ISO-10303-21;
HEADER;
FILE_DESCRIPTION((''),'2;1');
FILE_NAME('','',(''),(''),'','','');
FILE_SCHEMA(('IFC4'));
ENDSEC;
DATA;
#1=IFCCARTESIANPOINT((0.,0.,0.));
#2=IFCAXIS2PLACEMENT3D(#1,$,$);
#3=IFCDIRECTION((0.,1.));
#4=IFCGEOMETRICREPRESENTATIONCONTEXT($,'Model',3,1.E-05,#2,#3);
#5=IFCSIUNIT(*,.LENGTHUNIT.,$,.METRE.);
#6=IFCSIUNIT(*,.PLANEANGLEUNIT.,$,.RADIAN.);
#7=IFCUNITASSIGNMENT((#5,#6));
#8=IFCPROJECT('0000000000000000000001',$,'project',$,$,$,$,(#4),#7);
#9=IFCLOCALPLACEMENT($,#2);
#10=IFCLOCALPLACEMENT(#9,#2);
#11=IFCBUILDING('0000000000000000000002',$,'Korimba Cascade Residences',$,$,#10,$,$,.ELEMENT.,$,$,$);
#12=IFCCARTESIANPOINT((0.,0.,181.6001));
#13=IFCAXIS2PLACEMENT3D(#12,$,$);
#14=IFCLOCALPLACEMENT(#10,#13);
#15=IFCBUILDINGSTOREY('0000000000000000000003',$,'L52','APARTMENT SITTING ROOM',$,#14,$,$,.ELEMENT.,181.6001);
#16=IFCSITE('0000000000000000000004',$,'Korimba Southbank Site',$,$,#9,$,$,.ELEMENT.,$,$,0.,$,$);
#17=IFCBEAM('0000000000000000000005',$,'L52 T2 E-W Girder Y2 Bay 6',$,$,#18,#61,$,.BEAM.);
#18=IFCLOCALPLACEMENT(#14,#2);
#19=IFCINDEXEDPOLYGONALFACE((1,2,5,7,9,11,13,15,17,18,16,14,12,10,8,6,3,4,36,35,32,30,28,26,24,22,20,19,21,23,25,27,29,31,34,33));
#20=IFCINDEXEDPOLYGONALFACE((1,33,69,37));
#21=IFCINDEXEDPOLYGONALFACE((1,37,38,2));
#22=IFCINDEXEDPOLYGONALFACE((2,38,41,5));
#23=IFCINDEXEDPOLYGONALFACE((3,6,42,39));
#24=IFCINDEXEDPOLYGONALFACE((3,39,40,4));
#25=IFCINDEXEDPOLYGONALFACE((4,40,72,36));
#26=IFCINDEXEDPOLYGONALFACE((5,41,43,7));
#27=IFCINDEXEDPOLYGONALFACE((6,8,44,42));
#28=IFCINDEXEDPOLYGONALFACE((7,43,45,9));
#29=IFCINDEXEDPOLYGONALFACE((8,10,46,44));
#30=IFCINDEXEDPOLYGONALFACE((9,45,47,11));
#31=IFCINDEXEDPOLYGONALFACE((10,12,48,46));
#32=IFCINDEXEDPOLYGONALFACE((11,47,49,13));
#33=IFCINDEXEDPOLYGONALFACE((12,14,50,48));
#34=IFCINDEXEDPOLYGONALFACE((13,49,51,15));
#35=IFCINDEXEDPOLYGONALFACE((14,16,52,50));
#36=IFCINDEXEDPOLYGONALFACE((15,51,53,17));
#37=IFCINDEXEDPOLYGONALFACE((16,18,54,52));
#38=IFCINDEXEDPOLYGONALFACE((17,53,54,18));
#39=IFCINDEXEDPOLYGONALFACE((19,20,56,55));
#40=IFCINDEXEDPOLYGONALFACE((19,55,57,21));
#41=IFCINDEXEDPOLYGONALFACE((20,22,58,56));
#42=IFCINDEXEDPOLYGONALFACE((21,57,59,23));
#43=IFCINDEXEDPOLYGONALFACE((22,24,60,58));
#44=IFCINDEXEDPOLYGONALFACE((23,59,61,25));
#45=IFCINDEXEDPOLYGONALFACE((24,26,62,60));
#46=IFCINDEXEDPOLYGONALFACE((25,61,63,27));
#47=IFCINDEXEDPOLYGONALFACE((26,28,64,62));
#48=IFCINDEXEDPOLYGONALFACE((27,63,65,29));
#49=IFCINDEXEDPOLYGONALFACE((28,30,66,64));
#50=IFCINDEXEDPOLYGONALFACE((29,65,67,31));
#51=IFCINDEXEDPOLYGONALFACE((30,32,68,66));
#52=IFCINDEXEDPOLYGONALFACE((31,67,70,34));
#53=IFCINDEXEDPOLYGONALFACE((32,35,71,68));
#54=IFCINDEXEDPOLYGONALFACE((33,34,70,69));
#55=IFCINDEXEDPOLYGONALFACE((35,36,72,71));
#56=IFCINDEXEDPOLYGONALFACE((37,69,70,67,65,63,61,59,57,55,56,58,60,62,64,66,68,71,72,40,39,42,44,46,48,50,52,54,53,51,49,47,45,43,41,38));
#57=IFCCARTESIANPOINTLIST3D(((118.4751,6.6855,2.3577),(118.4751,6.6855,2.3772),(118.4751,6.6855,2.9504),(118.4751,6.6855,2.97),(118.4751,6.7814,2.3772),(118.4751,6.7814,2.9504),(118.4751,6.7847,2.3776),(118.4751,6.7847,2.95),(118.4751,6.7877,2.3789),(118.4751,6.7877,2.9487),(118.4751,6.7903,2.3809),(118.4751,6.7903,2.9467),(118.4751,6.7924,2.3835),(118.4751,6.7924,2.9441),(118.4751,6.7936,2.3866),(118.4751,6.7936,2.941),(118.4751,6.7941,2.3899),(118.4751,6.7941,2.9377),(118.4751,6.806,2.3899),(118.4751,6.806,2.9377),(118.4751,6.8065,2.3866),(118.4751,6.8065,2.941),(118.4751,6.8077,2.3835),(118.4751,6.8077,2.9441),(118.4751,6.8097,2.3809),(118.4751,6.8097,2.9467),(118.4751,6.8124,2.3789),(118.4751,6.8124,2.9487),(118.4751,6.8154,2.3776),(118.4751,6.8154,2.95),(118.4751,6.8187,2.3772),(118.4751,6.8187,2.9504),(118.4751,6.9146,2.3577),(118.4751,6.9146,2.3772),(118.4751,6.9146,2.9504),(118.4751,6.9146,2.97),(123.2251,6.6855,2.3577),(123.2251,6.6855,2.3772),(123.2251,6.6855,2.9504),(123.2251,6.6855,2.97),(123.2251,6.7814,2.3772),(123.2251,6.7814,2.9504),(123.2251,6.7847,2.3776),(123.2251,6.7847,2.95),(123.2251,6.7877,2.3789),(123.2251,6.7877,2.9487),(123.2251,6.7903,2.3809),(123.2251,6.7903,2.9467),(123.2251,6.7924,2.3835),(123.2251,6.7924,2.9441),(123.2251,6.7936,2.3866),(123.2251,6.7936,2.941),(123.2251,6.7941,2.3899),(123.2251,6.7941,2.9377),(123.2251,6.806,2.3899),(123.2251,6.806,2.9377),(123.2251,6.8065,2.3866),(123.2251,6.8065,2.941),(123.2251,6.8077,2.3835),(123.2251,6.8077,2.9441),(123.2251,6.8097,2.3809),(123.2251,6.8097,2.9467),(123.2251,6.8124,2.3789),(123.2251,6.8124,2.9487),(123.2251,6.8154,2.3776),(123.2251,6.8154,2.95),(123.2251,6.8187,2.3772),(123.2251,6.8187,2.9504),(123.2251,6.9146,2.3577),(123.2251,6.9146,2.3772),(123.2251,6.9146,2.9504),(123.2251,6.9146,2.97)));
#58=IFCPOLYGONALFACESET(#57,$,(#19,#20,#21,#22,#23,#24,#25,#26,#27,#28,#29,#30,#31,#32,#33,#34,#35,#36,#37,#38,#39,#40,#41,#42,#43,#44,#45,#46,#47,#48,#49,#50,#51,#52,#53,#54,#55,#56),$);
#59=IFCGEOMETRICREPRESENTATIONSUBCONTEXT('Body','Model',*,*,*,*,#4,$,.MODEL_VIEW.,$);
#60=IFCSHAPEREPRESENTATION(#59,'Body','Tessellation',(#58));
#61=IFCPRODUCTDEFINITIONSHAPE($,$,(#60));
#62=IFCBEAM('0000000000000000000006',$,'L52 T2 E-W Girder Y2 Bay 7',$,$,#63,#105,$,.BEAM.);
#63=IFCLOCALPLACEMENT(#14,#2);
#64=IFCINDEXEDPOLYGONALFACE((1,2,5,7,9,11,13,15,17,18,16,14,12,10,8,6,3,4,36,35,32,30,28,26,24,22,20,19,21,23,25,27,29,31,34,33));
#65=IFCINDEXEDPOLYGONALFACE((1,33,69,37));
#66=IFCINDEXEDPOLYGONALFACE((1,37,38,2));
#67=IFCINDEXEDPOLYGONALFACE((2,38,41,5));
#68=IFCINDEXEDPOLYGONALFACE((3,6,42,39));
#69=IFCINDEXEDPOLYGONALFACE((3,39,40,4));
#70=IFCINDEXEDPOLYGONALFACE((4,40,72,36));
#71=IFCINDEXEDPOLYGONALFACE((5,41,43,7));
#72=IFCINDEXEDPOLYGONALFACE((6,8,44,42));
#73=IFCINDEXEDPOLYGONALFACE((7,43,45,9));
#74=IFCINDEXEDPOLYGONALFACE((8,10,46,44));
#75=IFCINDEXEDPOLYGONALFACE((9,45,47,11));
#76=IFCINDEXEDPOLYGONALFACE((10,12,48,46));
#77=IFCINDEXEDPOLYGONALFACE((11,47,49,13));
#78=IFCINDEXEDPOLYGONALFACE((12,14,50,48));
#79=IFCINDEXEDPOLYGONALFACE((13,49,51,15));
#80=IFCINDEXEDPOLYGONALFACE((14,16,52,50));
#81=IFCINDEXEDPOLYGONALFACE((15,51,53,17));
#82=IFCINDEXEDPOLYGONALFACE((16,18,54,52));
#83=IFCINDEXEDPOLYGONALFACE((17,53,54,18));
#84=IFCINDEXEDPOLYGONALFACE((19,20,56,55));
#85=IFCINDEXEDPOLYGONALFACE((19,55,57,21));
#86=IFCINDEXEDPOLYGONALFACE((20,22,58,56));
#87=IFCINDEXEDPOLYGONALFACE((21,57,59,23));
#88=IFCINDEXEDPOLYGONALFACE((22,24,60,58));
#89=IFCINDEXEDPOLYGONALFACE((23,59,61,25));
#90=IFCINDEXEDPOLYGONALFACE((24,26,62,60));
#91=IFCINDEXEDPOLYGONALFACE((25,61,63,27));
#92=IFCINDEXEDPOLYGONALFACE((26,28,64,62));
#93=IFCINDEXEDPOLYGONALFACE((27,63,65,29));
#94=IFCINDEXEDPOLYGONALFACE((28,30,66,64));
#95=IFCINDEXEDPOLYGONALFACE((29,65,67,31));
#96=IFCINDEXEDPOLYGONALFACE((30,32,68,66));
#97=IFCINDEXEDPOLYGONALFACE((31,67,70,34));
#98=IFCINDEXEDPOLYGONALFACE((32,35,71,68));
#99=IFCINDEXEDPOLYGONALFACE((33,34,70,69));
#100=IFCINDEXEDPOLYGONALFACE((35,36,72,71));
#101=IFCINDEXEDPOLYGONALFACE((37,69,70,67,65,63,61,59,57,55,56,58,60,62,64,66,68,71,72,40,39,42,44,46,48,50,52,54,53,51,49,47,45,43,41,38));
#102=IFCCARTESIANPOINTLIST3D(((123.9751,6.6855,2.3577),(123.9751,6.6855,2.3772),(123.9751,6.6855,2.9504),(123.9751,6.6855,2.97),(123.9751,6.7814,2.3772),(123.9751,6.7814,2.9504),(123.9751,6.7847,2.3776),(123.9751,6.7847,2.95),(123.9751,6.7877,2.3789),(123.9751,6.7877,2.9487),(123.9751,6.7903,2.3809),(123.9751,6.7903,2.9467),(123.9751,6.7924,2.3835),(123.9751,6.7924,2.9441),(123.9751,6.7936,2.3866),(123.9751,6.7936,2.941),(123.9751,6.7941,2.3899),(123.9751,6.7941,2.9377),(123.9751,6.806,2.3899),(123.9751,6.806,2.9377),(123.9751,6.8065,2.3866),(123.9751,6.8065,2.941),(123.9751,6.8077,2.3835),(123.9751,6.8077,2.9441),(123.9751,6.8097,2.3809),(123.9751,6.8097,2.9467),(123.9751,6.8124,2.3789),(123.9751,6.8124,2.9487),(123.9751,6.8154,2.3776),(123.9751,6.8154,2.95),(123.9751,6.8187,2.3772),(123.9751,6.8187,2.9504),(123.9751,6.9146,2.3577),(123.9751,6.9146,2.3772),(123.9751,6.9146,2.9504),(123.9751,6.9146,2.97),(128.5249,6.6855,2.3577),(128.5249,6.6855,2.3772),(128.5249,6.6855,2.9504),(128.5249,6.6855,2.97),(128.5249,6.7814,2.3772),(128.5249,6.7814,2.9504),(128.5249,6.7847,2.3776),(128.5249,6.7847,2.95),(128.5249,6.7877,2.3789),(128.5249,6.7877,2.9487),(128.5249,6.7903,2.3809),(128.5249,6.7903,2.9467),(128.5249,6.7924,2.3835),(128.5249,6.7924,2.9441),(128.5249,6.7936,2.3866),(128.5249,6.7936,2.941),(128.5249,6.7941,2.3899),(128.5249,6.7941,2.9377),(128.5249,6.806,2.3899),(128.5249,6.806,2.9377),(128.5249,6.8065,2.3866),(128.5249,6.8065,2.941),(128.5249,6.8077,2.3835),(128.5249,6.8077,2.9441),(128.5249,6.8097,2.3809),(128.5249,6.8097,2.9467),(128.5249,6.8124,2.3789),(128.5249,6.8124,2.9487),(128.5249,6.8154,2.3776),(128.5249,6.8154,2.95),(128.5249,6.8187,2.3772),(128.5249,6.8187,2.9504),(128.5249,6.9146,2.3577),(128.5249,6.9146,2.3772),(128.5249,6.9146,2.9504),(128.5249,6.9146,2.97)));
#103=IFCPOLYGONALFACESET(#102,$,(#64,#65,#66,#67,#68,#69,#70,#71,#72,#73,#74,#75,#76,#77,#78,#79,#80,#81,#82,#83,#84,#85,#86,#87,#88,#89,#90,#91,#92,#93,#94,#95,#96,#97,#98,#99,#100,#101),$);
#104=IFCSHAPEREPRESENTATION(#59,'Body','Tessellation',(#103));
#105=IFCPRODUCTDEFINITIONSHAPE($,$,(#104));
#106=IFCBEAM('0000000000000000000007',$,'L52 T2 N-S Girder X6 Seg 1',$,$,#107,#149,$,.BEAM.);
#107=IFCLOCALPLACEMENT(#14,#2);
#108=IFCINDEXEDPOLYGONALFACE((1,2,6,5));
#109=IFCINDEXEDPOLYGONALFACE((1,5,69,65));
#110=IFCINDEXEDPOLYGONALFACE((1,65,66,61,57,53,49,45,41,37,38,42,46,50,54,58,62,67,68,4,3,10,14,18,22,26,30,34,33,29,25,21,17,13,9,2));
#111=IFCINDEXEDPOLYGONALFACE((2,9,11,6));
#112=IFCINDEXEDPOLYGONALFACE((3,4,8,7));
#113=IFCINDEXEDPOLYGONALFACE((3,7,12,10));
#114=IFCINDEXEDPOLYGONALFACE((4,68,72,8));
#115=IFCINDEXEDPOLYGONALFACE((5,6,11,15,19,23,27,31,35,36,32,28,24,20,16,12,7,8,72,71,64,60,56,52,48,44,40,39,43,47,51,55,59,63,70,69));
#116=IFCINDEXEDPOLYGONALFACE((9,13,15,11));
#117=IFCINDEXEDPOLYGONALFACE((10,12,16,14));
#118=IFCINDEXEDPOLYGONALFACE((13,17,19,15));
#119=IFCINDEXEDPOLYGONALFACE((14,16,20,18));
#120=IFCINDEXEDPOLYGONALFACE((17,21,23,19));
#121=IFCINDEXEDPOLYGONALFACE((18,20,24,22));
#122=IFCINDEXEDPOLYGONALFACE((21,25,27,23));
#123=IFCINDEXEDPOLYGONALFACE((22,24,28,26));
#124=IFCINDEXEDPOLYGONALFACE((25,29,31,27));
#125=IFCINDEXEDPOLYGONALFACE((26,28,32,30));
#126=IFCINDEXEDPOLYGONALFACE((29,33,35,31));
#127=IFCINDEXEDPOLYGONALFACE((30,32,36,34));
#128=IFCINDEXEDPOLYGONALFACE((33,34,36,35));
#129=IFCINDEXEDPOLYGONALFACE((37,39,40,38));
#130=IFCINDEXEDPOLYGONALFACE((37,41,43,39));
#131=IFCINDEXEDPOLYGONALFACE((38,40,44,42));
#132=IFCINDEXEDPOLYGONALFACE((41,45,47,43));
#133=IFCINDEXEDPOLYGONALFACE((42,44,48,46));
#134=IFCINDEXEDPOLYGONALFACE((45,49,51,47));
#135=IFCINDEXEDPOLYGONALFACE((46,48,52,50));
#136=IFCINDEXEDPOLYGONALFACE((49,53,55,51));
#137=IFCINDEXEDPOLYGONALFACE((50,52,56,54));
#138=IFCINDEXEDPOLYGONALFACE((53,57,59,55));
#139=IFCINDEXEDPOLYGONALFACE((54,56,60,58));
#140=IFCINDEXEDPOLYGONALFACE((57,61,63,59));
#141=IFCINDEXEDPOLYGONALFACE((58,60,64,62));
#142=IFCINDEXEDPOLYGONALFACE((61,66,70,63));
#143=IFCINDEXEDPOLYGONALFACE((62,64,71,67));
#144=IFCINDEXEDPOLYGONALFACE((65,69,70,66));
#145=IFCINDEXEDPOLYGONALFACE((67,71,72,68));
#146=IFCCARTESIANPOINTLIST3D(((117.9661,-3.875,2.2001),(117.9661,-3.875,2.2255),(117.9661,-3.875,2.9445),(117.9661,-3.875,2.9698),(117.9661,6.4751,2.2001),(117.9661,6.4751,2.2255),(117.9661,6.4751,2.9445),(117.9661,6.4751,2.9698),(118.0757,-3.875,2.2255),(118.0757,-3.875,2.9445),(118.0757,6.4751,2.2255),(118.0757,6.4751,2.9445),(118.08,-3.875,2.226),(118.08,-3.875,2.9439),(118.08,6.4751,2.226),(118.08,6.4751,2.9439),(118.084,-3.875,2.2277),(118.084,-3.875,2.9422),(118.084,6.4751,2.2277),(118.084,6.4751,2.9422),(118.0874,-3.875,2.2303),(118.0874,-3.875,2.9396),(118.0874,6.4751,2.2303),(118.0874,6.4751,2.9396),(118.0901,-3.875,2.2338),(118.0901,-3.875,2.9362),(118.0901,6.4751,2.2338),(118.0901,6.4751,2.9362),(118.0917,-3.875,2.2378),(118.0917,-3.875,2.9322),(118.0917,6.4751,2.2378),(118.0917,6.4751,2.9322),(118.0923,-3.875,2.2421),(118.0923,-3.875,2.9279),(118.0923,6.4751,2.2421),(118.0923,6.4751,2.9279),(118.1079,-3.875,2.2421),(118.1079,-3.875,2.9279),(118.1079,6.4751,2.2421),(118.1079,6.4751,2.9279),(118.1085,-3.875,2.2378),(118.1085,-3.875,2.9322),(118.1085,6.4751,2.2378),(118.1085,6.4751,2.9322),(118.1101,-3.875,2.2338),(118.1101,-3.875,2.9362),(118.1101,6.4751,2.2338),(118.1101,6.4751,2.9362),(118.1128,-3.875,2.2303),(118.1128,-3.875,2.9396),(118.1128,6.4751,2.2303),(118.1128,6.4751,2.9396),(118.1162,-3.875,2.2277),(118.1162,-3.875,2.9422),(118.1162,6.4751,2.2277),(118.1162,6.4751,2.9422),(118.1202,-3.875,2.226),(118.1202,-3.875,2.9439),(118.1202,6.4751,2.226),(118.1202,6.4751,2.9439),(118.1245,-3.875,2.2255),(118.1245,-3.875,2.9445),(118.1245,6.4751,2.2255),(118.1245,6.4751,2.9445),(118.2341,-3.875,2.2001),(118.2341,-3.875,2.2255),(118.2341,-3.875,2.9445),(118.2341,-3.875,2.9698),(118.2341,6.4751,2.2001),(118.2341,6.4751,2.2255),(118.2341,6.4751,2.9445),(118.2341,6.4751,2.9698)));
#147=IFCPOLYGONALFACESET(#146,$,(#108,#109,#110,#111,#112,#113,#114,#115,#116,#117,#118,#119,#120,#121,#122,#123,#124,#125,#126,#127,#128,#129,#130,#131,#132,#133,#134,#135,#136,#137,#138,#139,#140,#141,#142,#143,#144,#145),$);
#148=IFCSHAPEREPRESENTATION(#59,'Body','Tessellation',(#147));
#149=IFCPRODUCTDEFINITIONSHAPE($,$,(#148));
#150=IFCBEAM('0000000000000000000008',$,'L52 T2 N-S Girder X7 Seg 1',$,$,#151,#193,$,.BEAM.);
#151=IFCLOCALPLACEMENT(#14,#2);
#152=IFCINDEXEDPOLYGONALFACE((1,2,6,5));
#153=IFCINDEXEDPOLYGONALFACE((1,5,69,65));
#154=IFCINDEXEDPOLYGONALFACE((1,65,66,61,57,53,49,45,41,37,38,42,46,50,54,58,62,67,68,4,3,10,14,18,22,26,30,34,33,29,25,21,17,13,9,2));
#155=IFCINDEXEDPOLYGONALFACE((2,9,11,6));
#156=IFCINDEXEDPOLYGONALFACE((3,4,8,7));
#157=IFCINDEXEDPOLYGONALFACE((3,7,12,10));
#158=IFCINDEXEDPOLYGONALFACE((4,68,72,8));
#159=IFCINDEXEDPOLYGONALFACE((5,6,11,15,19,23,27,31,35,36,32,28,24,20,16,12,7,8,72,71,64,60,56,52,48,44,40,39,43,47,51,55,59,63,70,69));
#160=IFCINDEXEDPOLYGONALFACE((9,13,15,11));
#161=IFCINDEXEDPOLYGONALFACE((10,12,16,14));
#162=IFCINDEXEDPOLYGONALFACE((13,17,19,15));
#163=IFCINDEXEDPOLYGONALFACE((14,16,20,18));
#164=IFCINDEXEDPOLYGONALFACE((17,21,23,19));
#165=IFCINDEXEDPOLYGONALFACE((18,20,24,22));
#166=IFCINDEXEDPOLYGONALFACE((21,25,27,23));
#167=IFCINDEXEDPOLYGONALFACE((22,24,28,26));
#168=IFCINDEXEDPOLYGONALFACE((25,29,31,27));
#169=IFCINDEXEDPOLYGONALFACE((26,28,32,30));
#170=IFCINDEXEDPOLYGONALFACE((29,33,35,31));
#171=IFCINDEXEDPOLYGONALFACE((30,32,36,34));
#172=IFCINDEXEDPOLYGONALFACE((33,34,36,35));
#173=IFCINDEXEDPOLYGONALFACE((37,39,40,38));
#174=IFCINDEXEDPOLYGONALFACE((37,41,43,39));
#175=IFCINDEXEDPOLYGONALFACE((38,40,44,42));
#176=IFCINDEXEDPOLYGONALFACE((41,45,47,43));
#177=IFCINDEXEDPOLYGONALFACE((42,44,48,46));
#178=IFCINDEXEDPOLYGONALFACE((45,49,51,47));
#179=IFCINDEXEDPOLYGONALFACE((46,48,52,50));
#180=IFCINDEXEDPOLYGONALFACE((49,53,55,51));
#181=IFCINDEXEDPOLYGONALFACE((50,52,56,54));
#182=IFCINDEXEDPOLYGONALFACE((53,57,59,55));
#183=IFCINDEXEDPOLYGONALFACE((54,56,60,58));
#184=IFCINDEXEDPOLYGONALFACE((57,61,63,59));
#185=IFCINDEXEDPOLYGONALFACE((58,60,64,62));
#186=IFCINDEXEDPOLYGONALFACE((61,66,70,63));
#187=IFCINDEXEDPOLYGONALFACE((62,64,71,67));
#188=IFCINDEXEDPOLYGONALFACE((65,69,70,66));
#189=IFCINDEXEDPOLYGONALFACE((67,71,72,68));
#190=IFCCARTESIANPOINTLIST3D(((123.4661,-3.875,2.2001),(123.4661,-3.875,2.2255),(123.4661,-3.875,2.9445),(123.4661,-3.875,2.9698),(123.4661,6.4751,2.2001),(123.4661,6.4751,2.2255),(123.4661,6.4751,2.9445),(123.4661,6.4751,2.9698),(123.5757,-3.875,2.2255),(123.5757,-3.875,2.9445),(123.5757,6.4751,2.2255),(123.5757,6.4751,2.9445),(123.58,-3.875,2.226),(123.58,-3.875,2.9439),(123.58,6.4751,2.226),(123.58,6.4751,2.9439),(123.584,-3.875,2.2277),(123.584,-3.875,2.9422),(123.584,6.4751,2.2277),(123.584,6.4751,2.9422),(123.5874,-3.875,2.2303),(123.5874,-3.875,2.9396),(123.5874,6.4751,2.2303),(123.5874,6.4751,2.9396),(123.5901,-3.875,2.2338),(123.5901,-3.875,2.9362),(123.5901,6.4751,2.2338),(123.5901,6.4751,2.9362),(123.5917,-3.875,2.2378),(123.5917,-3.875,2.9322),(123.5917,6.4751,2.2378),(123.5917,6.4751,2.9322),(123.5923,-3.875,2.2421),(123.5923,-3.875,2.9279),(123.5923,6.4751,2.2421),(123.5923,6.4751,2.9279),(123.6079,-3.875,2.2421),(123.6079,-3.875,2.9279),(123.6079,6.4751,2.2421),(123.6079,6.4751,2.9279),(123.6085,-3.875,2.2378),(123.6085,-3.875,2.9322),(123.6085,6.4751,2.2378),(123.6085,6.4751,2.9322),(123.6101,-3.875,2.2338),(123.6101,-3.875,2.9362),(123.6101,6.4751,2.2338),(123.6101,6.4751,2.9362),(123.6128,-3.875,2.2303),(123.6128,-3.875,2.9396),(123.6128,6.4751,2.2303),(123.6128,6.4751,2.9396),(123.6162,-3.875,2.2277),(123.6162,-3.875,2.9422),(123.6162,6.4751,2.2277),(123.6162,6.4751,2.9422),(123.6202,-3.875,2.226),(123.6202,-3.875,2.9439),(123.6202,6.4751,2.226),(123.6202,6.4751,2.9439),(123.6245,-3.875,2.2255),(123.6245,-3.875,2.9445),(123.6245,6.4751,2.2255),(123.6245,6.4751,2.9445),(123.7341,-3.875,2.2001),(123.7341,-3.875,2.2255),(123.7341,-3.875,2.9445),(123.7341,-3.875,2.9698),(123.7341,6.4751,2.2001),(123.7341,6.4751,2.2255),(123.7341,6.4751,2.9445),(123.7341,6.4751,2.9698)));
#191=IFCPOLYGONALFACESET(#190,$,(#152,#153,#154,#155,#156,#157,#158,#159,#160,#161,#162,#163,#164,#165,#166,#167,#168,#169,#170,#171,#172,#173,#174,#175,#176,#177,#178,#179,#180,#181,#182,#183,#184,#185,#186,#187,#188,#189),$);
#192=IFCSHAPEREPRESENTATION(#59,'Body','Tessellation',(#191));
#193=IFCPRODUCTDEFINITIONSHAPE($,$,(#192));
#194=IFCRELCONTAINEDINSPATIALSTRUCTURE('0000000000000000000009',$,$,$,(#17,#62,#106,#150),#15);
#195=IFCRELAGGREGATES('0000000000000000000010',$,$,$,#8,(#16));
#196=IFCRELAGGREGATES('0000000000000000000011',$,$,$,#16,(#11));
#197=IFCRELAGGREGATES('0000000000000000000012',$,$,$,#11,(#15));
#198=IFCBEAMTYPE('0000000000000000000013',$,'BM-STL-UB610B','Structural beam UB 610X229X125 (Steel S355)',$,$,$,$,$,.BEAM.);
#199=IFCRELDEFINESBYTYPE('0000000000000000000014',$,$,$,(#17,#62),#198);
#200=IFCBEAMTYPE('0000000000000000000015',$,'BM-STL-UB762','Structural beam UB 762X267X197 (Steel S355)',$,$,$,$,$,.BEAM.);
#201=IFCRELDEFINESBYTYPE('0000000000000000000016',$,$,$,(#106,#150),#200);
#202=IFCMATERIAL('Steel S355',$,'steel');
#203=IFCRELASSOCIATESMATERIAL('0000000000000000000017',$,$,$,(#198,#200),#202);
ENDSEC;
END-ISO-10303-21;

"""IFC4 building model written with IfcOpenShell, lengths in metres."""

from ifc_helpers import new_model, si_unit, direction, frame, origin, origin_2d, place, context, subcontext, project, spatial, i_section, extrude, material, material_profile, profile_set, type_object, element, save


model = new_model("IFC4")

# Units and contexts
model_context = context("Model", 3, precision=1e-05, world=origin(), true_north=direction((0.0, 1.0)))
body_context = subcontext(model_context, "Body", "Model", "MODEL_VIEW")
ifc_project = project(units=[si_unit("LENGTHUNIT", "METRE"), si_unit("PLANEANGLEUNIT", "RADIAN")], contexts=[model_context])

# Site, building, storey
site_placement = place(None, origin())
site = spatial("IfcSite", under=ifc_project, at=site_placement, Name="Korimba Southbank Site", CompositionType="ELEMENT", RefElevation=0.0)
building_placement = place(site_placement, origin())
building = spatial("IfcBuilding", under=site, at=building_placement, Name="Korimba Cascade Residences", CompositionType="ELEMENT")
storey_placement = place(building_placement, frame((0.0, 0.0, 181.6001)))
storey = spatial("IfcBuildingStorey", under=building, at=storey_placement, Name="L52", Description="APARTMENT SITTING ROOM", CompositionType="ELEMENT", Elevation=181.6001)

# Beams
ifc_material_1 = material(Name="Steel S355", Category="steel")
ifc_material_profile_1 = material_profile(ifc_material_1, i_section(OverallWidth=0.229, OverallDepth=0.6123, WebThickness=0.012, FlangeThickness=0.0195, FilletRadius=0.0127, at=origin_2d()), Name="Steel S355")
ifc_profile_set_1 = profile_set([ifc_material_profile_1], Name="Steel S355")
beam_type_1 = type_object("IfcBeamType", Name="BM-STL-UB610B", Description="Structural beam UB 610X229X125 (Steel S355)", PredefinedType="BEAM", material=ifc_profile_set_1)
beam_1_placement = place(storey_placement, frame((118.4751, 6.8, 2.6638), z_axis=(1.0, 0.0, 0.0), x_axis=(0.0, 1.0, 0.0)))
element("IfcBeam", 1, at=beam_1_placement, inside=storey, type_object=beam_type_1, Name="L52 T2 E-W Girder Y2 Bay 6", PredefinedType="BEAM", context=body_context, shape_type="SweptSolid", body=[
    extrude(i_section(OverallWidth=0.229, OverallDepth=0.6123, WebThickness=0.012, FlangeThickness=0.0195, FilletRadius=0.0127, at=origin_2d()), origin(), (0.0, 0.0, 1.0), 4.75),
])
beam_2_placement = place(storey_placement, frame((123.9751, 6.8, 2.6638), z_axis=(1.0, 0.0, 0.0), x_axis=(0.0, 1.0, 0.0)))
element("IfcBeam", 2, at=beam_2_placement, inside=storey, type_object=beam_type_1, Name="L52 T2 E-W Girder Y2 Bay 7", PredefinedType="BEAM", context=body_context, shape_type="SweptSolid", body=[
    extrude(i_section(OverallWidth=0.229, OverallDepth=0.6123, WebThickness=0.012, FlangeThickness=0.0195, FilletRadius=0.0127, at=origin_2d()), origin(), (0.0, 0.0, 1.0), 4.5498),
])
ifc_material_profile_2 = material_profile(ifc_material_1, i_section(OverallWidth=0.2681, OverallDepth=0.7698, WebThickness=0.0156, FlangeThickness=0.0254, FilletRadius=0.0166, at=origin_2d()), Name="Steel S355")
ifc_profile_set_2 = profile_set([ifc_material_profile_2], Name="Steel S355")
beam_type_2 = type_object("IfcBeamType", Name="BM-STL-UB762", Description="Structural beam UB 762X267X197 (Steel S355)", PredefinedType="BEAM", material=ifc_profile_set_2)
for number, where, z_axis, x_axis, name in (
    (3, (118.1001, -3.875, 2.585), (0.0, 1.0, 0.0), (-1.0, 0.0, 0.0), "L52 T2 N-S Girder X6 Seg 1"),
    (4, (123.6001, -3.875, 2.585), (0.0, 1.0, 0.0), (-1.0, 0.0, 0.0), "L52 T2 N-S Girder X7 Seg 1"),
):
    element("IfcBeam", number, at=place(storey_placement, frame(where, z_axis=z_axis, x_axis=x_axis)), inside=storey, type_object=beam_type_2, Name=name, PredefinedType="BEAM", context=body_context, shape_type="SweptSolid", body=[
        extrude(i_section(OverallWidth=0.2681, OverallDepth=0.7698, WebThickness=0.0156, FlangeThickness=0.0254, FilletRadius=0.0166, at=origin_2d()), origin(), (0.0, 0.0, 1.0), 10.3501),
    ])

save(model, "model.ifc")
